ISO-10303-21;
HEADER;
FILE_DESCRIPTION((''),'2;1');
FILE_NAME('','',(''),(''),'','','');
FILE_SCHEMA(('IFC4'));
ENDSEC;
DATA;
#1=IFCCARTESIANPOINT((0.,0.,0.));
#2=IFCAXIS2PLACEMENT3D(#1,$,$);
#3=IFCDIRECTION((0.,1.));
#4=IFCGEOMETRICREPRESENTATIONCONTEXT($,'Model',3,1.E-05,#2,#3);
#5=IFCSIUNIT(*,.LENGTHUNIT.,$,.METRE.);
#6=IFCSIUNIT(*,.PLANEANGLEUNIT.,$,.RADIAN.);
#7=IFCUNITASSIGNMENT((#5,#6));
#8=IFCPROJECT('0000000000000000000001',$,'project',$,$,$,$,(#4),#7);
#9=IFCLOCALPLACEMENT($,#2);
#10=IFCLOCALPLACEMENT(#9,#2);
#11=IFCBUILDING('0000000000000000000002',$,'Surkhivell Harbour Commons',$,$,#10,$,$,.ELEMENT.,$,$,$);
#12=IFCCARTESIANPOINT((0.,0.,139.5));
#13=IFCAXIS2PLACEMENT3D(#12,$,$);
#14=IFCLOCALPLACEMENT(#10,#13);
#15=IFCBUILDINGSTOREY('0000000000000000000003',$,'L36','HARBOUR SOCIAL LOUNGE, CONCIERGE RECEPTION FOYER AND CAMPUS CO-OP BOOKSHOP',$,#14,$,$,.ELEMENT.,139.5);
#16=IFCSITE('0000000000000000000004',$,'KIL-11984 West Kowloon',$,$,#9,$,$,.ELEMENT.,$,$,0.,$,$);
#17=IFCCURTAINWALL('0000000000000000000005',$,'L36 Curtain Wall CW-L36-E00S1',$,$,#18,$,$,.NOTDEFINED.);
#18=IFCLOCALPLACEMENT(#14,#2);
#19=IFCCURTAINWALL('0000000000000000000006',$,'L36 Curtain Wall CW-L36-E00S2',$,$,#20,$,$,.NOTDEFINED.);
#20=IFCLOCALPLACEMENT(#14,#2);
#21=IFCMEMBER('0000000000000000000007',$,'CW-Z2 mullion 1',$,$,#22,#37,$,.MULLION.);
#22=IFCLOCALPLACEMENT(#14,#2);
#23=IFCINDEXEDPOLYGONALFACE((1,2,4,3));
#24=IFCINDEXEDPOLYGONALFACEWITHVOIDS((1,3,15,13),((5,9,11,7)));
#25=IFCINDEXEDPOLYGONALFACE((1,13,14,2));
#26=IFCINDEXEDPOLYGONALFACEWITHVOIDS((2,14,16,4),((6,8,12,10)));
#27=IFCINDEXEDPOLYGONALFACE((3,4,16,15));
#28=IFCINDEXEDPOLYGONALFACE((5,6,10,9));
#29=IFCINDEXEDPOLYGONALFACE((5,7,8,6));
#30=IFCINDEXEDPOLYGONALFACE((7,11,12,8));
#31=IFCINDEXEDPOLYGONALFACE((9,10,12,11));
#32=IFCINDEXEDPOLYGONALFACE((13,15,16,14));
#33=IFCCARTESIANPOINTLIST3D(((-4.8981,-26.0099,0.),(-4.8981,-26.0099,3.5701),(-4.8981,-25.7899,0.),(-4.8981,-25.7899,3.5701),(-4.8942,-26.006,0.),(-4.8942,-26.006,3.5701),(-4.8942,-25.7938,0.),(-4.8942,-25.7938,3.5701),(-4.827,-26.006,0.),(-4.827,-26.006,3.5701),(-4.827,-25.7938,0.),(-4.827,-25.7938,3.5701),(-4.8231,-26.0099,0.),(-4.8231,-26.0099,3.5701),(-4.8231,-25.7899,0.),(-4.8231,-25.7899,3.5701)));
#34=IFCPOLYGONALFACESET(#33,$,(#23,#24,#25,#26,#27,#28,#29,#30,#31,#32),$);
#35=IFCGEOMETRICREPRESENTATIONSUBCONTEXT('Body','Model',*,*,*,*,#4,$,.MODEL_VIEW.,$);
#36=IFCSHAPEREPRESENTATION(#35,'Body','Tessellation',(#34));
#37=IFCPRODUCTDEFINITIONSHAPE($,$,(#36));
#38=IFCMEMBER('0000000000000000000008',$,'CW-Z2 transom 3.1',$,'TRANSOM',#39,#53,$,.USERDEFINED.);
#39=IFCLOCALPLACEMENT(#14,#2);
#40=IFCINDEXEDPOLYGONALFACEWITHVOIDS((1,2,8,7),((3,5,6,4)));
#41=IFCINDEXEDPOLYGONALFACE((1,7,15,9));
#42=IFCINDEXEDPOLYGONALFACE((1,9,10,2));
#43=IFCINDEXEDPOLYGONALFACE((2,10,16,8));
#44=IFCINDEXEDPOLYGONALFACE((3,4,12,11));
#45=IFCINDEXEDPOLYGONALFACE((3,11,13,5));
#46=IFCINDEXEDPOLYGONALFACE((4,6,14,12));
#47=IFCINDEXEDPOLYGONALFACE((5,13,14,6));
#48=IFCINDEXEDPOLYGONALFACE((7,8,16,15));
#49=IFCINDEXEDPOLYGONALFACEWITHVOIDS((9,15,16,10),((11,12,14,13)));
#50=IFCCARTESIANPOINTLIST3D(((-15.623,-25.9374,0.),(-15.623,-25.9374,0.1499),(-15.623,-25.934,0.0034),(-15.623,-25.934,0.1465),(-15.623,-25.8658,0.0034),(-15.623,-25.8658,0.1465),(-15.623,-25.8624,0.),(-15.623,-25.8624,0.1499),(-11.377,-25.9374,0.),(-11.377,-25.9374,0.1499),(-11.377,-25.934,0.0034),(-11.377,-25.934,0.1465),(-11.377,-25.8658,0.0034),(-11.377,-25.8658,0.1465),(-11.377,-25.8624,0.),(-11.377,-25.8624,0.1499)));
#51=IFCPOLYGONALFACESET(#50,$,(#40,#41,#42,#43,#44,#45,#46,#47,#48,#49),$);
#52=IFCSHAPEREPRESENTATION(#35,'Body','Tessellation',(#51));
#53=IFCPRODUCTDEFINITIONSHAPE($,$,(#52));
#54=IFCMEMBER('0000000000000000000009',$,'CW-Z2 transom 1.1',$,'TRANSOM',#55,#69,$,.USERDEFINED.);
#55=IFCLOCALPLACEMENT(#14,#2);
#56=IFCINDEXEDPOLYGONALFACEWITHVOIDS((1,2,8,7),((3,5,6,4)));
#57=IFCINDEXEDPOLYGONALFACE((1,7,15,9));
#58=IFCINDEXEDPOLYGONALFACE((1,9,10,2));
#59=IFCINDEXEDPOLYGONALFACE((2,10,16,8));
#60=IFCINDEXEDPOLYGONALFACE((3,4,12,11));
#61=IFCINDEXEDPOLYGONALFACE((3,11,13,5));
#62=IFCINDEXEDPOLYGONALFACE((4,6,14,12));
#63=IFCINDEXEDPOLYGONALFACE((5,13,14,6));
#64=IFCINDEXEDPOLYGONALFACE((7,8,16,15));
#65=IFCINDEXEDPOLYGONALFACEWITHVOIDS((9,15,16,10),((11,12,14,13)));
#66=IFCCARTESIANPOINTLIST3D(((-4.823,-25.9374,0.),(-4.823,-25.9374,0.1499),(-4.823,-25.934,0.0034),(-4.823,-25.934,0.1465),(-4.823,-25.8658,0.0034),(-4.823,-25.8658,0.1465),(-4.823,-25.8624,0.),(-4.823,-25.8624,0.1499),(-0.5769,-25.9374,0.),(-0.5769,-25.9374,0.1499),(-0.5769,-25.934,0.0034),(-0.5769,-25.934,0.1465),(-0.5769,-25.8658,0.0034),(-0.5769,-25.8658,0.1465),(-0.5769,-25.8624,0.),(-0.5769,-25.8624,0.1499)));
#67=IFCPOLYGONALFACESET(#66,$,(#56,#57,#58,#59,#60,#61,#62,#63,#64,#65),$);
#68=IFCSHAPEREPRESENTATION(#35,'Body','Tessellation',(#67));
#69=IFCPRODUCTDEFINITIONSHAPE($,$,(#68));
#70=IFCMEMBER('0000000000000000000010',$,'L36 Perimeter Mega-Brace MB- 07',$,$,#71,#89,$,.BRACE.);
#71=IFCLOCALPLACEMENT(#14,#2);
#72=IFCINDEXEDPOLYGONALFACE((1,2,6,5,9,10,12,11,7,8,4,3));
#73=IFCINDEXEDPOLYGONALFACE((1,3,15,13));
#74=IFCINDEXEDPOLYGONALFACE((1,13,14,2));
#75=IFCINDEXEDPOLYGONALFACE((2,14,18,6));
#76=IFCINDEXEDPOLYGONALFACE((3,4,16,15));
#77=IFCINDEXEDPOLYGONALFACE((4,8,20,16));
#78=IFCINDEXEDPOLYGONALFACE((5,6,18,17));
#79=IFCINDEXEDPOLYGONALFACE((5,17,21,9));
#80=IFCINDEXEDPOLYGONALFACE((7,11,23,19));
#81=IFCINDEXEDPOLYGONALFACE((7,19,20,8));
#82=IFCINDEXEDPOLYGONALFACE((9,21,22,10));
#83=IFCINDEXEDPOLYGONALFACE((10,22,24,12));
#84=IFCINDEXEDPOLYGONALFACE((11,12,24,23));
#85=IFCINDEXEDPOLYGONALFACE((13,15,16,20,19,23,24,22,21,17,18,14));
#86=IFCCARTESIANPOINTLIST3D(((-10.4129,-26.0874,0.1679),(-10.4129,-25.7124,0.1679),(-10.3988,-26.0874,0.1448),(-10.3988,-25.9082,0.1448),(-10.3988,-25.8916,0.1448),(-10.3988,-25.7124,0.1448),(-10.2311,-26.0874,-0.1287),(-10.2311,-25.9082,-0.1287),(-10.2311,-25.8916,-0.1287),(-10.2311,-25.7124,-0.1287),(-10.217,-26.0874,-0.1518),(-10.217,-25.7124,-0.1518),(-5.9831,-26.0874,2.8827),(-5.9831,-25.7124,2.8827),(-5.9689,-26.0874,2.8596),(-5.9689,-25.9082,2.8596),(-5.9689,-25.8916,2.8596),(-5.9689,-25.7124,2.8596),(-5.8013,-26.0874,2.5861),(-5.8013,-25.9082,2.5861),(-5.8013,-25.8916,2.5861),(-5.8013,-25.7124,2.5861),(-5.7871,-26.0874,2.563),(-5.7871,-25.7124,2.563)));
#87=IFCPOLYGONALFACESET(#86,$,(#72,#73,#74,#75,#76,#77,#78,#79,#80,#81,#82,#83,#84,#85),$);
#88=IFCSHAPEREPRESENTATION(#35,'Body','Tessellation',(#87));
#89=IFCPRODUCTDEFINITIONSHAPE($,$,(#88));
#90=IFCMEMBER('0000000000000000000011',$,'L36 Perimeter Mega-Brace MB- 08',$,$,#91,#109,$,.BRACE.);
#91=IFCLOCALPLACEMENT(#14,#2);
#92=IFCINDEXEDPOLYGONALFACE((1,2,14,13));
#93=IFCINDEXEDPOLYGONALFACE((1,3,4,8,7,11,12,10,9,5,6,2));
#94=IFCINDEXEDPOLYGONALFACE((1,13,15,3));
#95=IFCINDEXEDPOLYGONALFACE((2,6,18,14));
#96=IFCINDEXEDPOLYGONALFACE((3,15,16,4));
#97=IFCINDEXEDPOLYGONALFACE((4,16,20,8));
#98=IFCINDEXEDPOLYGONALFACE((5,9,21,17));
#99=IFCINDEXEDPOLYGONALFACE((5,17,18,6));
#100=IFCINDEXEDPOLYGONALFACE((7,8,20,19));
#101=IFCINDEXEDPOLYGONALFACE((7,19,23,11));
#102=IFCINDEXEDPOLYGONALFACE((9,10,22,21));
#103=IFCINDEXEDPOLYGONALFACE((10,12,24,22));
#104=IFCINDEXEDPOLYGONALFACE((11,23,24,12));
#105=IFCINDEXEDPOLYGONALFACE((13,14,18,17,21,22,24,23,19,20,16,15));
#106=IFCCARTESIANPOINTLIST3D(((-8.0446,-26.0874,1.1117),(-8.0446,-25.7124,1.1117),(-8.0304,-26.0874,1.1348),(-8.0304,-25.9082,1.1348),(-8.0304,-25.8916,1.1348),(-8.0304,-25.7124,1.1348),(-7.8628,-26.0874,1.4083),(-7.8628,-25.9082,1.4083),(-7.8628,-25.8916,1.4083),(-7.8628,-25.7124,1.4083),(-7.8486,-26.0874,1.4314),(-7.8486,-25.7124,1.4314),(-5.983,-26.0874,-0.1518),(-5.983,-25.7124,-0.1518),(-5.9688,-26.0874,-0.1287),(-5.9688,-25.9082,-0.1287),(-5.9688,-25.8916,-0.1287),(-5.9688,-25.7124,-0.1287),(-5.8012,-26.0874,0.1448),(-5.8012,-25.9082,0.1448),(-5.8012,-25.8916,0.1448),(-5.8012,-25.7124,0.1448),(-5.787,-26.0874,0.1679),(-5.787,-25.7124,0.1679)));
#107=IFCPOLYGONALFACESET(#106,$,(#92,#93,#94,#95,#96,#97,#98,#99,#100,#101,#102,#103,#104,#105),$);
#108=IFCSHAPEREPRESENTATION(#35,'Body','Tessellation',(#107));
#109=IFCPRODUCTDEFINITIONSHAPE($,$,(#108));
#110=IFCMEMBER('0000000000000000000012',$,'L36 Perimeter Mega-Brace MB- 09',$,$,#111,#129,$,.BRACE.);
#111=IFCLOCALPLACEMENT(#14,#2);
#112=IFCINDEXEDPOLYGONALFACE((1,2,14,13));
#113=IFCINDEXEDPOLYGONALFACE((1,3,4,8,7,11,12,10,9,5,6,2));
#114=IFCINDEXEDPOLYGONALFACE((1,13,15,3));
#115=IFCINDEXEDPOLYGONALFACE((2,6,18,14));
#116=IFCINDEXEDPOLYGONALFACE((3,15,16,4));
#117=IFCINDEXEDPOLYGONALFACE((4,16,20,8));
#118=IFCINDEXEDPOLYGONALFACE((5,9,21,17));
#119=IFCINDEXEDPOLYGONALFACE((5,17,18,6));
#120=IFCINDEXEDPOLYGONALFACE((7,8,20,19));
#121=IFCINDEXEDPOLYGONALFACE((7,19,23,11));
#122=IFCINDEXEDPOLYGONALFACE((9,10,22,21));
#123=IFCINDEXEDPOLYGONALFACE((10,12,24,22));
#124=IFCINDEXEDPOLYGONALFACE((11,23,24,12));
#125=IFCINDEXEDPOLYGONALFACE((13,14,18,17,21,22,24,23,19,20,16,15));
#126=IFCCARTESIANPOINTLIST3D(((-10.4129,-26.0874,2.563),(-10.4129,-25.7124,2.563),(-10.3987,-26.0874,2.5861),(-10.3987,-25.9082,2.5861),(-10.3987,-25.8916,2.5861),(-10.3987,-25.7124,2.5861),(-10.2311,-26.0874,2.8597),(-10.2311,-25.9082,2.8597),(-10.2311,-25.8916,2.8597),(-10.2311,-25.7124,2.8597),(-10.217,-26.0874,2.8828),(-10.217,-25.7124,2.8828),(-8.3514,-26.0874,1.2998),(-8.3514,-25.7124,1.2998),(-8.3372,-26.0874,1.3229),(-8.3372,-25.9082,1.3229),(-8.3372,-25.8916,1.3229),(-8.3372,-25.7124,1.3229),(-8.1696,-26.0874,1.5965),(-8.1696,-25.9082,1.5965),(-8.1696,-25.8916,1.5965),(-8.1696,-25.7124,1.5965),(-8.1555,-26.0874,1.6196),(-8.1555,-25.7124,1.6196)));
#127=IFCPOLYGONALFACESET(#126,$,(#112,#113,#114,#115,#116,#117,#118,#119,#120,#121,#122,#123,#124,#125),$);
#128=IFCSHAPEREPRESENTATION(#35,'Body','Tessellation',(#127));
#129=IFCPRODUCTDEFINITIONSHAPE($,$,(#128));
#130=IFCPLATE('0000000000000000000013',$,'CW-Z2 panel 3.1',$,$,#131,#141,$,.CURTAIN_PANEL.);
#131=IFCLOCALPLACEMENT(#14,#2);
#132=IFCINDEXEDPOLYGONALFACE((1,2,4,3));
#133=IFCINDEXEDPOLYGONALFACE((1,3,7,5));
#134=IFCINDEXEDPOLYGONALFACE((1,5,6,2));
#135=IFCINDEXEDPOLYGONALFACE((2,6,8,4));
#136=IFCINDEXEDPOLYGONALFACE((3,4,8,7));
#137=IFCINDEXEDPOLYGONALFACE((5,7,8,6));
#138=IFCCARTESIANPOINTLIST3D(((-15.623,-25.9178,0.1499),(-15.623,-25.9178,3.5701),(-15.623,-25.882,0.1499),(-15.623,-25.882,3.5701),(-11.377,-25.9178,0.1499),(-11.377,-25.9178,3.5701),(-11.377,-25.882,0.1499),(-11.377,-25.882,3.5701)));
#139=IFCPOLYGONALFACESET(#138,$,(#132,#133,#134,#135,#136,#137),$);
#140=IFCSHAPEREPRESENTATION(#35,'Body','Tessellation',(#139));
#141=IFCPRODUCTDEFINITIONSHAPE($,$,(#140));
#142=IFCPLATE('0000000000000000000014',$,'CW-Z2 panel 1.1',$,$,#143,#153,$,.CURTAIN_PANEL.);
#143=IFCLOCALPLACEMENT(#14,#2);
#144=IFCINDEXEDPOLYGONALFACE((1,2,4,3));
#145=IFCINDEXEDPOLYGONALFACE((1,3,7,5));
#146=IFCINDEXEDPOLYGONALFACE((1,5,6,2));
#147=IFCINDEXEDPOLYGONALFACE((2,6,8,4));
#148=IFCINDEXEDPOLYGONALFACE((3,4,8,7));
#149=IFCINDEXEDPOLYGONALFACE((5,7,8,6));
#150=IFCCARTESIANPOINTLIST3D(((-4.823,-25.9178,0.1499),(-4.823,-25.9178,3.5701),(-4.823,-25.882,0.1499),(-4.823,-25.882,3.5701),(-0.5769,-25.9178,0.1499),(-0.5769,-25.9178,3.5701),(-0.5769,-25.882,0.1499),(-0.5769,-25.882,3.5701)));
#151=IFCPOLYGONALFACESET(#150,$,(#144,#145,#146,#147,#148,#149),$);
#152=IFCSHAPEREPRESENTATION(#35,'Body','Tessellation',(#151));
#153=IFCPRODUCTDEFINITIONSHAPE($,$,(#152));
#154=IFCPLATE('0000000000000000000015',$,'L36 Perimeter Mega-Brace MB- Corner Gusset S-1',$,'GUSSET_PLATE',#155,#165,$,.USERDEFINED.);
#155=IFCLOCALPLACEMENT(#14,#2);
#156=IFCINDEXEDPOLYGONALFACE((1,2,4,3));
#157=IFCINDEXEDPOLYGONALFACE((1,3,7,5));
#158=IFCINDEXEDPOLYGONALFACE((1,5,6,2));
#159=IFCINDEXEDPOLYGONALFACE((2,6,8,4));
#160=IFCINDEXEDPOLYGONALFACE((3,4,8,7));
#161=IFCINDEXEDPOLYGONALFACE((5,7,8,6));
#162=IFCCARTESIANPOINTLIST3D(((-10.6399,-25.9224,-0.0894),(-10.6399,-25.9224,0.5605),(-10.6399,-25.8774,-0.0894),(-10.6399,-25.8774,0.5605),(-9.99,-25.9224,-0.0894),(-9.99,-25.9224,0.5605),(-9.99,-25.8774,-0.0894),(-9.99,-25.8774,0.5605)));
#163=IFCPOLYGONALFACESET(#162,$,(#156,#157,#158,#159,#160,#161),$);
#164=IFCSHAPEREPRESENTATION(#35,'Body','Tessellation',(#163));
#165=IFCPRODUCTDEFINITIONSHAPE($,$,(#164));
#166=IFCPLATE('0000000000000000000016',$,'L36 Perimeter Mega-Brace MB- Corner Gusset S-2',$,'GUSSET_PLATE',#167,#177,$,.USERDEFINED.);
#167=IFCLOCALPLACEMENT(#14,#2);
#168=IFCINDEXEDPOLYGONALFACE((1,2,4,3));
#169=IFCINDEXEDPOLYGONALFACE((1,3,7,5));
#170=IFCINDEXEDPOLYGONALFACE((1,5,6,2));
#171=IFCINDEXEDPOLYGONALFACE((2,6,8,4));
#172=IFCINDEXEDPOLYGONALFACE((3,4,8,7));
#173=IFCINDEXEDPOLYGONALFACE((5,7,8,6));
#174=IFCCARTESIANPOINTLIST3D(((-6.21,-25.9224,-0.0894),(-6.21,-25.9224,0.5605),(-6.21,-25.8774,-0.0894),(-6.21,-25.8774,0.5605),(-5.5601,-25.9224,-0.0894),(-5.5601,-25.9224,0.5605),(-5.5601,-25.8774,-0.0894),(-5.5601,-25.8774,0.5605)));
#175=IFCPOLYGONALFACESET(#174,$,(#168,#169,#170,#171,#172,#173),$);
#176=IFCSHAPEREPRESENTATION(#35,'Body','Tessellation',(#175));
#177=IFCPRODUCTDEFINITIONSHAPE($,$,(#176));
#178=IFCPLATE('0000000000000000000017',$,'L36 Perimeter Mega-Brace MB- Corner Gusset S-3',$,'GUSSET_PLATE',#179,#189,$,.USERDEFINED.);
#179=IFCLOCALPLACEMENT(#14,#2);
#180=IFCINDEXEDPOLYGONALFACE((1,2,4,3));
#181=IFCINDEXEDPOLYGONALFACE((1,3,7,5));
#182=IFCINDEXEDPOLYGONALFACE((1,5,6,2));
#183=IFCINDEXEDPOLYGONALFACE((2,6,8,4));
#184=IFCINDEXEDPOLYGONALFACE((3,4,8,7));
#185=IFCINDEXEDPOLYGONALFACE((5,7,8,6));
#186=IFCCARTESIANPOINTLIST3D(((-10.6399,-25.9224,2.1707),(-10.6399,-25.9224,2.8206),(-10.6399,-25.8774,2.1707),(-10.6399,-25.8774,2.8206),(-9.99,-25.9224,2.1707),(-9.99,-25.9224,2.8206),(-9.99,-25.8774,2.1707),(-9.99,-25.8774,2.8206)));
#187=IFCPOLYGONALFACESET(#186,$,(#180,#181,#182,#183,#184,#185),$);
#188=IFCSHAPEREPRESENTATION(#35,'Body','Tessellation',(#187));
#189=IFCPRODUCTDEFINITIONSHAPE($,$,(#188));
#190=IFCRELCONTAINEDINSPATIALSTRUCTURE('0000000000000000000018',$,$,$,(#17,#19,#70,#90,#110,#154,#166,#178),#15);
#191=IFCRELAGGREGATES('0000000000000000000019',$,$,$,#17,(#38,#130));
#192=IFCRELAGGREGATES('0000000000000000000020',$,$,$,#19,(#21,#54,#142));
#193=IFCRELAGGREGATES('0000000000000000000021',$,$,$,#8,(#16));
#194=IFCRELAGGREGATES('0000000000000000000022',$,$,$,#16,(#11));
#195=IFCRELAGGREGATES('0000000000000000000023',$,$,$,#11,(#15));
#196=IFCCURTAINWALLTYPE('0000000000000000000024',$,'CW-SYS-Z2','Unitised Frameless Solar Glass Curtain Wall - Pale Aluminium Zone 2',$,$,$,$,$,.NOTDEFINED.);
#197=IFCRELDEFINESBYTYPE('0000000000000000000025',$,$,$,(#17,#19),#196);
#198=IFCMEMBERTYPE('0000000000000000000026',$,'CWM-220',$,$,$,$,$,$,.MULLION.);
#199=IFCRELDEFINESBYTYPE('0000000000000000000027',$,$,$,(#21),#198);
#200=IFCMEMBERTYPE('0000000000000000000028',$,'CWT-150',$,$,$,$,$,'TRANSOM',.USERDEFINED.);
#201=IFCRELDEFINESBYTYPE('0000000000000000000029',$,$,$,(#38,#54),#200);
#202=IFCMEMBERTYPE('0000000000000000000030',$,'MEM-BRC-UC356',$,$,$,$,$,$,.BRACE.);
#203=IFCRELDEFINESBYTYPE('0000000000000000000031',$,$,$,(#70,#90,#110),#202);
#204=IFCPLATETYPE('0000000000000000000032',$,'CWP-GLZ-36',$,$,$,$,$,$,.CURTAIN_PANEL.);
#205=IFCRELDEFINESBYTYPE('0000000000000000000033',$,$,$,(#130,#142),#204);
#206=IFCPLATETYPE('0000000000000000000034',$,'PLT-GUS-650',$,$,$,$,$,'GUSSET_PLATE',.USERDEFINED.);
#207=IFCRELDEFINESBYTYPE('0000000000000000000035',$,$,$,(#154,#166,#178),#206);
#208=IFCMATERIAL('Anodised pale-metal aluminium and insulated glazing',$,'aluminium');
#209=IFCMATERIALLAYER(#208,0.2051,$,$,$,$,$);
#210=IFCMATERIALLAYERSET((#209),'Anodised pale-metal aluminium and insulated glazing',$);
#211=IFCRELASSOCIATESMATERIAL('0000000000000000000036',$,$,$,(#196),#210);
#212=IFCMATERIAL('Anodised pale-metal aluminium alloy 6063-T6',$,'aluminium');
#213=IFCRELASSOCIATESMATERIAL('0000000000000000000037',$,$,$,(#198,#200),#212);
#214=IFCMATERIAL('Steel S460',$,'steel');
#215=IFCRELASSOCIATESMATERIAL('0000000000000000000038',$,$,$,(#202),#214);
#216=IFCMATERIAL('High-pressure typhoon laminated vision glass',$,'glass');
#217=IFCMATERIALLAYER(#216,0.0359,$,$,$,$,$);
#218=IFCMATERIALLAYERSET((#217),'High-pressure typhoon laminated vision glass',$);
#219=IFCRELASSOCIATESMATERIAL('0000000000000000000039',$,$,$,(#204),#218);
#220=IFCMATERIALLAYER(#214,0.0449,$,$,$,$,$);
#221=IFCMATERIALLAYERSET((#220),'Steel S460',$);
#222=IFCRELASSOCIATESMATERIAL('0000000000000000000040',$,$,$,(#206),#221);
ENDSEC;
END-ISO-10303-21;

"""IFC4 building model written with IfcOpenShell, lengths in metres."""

from ifc_helpers import new_model, si_unit, direction, frame, frame_2d, origin, origin_2d, place, context, subcontext, project, spatial, rectangle, hollow_rectangle, i_section, extrude, material, layer, layer_set, material_profile, profile_set, type_object, element, aggregate, save


model = new_model("IFC4")

# Units and contexts
model_context = context("Model", 3, precision=1e-05, world=origin(), true_north=direction((0.0, 1.0)))
body_context = subcontext(model_context, "Body", "Model", "MODEL_VIEW")
ifc_project = project(units=[si_unit("LENGTHUNIT", "METRE"), si_unit("PLANEANGLEUNIT", "RADIAN")], contexts=[model_context])

# Site, building, storey
site_placement = place(None, origin())
site = spatial("IfcSite", under=ifc_project, at=site_placement, Name="KIL-11984 West Kowloon", CompositionType="ELEMENT", RefElevation=0.0)
building_placement = place(site_placement, origin())
building = spatial("IfcBuilding", under=site, at=building_placement, Name="Surkhivell Harbour Commons", CompositionType="ELEMENT")
storey_placement = place(building_placement, frame((0.0, 0.0, 139.5)))
storey = spatial("IfcBuildingStorey", under=building, at=storey_placement, Name="L36", Description="HARBOUR SOCIAL LOUNGE, CONCIERGE RECEPTION FOYER AND CAMPUS CO-OP BOOKSHOP", CompositionType="ELEMENT", Elevation=139.5)

# Shared definitions
ifc_material_1 = material(Name="Steel S460", Category="steel")

# Curtain wall
ifc_material_2 = material(Name="Anodised pale-metal aluminium and insulated glazing", Category="aluminium")
ifc_layer_1 = layer(ifc_material_2, 0.2051)
ifc_layer_set_1 = layer_set([ifc_layer_1], Name="Anodised pale-metal aluminium and insulated glazing")
curtain_wall_type = type_object("IfcCurtainWallType", Name="CW-SYS-Z2", Description="Unitised Frameless Solar Glass Curtain Wall - Pale Aluminium Zone 2", PredefinedType="NOTDEFINED", material=ifc_layer_set_1)
curtain_wall_1_placement = place(storey_placement, origin())
curtain_wall_1 = element("IfcCurtainWall", 1, at=curtain_wall_1_placement, inside=storey, type_object=curtain_wall_type, Name="L36 Curtain Wall CW-L36-E00S1", PredefinedType="NOTDEFINED")
ifc_material_3 = material(Name="Anodised pale-metal aluminium alloy 6063-T6", Category="aluminium")
ifc_material_profile_1 = material_profile(ifc_material_3, hollow_rectangle(XDim=0.075, YDim=0.22, WallThickness=0.0039, at=origin_2d()), Name="ALU-MULL-75x220")
ifc_profile_set_1 = profile_set([ifc_material_profile_1], Name="Anodised pale-metal aluminium alloy 6063-T6")
member_type_1 = type_object("IfcMemberType", Name="CWM-220", PredefinedType="MULLION", material=ifc_profile_set_1)

# Curtain wall, member
curtain_wall_2_placement = place(storey_placement, origin())
curtain_wall_2 = element("IfcCurtainWall", 2, at=curtain_wall_2_placement, inside=storey, type_object=curtain_wall_type, Name="L36 Curtain Wall CW-L36-E00S2", PredefinedType="NOTDEFINED")
member_1_placement = place(storey_placement, frame((-4.8606, -25.8999, 0.0), z_axis=(0.0, 0.0, 1.0), x_axis=(1.0, 0.0, 0.0)))
member_1 = element("IfcMember", 3, at=member_1_placement, type_object=member_type_1, Name="CW-Z2 mullion 1", PredefinedType="MULLION", context=body_context, shape_type="SweptSolid", body=[
    extrude(hollow_rectangle(XDim=0.075, YDim=0.22, WallThickness=0.0039, at=origin_2d()), origin(), (0.0, 0.0, 1.0), 3.5701),
])

# Members
ifc_material_profile_2 = material_profile(ifc_material_3, hollow_rectangle(XDim=0.075, YDim=0.1499, WallThickness=0.0034, at=origin_2d()), Name="ALU-TRAN-75x150")
ifc_profile_set_2 = profile_set([ifc_material_profile_2], Name="Anodised pale-metal aluminium alloy 6063-T6")
member_type_2 = type_object("IfcMemberType", Name="CWT-150", ElementType="TRANSOM", PredefinedType="USERDEFINED", material=ifc_profile_set_2)
member_2_placement = place(storey_placement, frame((-15.623, -25.8999, 0.075), z_axis=(1.0, 0.0, 0.0), x_axis=(0.0, 1.0, 0.0)))
member_2 = element("IfcMember", 4, at=member_2_placement, type_object=member_type_2, Name="CW-Z2 transom 3.1", ObjectType="TRANSOM", PredefinedType="USERDEFINED", context=body_context, shape_type="SweptSolid", body=[
    extrude(hollow_rectangle(XDim=0.075, YDim=0.1499, WallThickness=0.0034, at=origin_2d()), origin(), (0.0, 0.0, 1.0), 4.2461),
])
member_3_placement = place(storey_placement, frame((-4.823, -25.8999, 0.075), z_axis=(1.0, 0.0, 0.0), x_axis=(0.0, 1.0, 0.0)))
member_3 = element("IfcMember", 5, at=member_3_placement, type_object=member_type_2, Name="CW-Z2 transom 1.1", ObjectType="TRANSOM", PredefinedType="USERDEFINED", context=body_context, shape_type="SweptSolid", body=[
    extrude(hollow_rectangle(XDim=0.075, YDim=0.1499, WallThickness=0.0034, at=origin_2d()), origin(), (0.0, 0.0, 1.0), 4.2461),
])

# Members
ifc_material_profile_3 = material_profile(ifc_material_1, i_section(OverallWidth=0.375, OverallDepth=0.375, WebThickness=0.0166, FlangeThickness=0.0271, at=origin_2d()), Name="UC356x368x202")
ifc_profile_set_3 = profile_set([ifc_material_profile_3], Name="Steel S460")
member_type_3 = type_object("IfcMemberType", Name="MEM-BRC-UC356", PredefinedType="BRACE", material=ifc_profile_set_3)
member_4_placement = place(storey_placement, frame((-10.3149, -25.8999, 0.0081), z_axis=(0.852625, 0.0, 0.522523), x_axis=(0.0, 1.0, 0.0)))
element("IfcMember", 6, at=member_4_placement, inside=storey, type_object=member_type_3, Name="L36 Perimeter Mega-Brace MB- 07", PredefinedType="BRACE", context=body_context, shape_type="SweptSolid", body=[
    extrude(i_section(OverallWidth=0.375, OverallDepth=0.375, WebThickness=0.0166, FlangeThickness=0.0271, at=origin_2d()), origin(), (0.0, 0.0, 1.0), 5.1956),
])
member_5_placement = place(storey_placement, frame((-5.885, -25.8999, 0.0081), z_axis=(-0.852617, 0.0, 0.522536), x_axis=(0.0, -1.0, 0.0)))
element("IfcMember", 7, at=member_5_placement, inside=storey, type_object=member_type_3, Name="L36 Perimeter Mega-Brace MB- 08", PredefinedType="BRACE", context=body_context, shape_type="SweptSolid", body=[
    extrude(i_section(OverallWidth=0.375, OverallDepth=0.375, WebThickness=0.0166, FlangeThickness=0.0271, at=origin_2d()), origin(), (0.0, 0.0, 1.0), 2.418),
])
member_6_placement = place(storey_placement, frame((-8.2534, -25.8999, 1.4597), z_axis=(-0.852662, 0.0, 0.522463), x_axis=(0.0, -1.0, 0.0)))
element("IfcMember", 8, at=member_6_placement, inside=storey, type_object=member_type_3, Name="L36 Perimeter Mega-Brace MB- 09", PredefinedType="BRACE", context=body_context, shape_type="SweptSolid", body=[
    extrude(i_section(OverallWidth=0.375, OverallDepth=0.375, WebThickness=0.0166, FlangeThickness=0.0271, at=origin_2d()), origin(), (0.0, 0.0, 1.0), 2.4177),
])

# Plates
ifc_material_4 = material(Name="High-pressure typhoon laminated vision glass", Category="glass")
ifc_layer_2 = layer(ifc_material_4, 0.0359)
ifc_layer_set_2 = layer_set([ifc_layer_2], Name="High-pressure typhoon laminated vision glass")
plate_type_1 = type_object("IfcPlateType", Name="CWP-GLZ-36", PredefinedType="CURTAIN_PANEL", material=ifc_layer_set_2)
plate_1_placement = place(storey_placement, frame((-15.623, -25.8999, 0.1499), z_axis=(0.0, 0.0, 1.0), x_axis=(1.0, 0.0, 0.0)))
plate_1 = element("IfcPlate", 9, at=plate_1_placement, type_object=plate_type_1, Name="CW-Z2 panel 3.1", PredefinedType="CURTAIN_PANEL", context=body_context, shape_type="SweptSolid", body=[
    extrude(rectangle(XDim=4.2461, YDim=0.0359, at=frame_2d((2.123, 0.0))), origin(), (0.0, 0.0, 1.0), 3.4202),
])
aggregate(curtain_wall_1, [member_2, plate_1])
plate_2_placement = place(storey_placement, frame((-4.823, -25.8999, 0.1499), z_axis=(0.0, 0.0, 1.0), x_axis=(1.0, 0.0, 0.0)))
plate_2 = element("IfcPlate", 10, at=plate_2_placement, type_object=plate_type_1, Name="CW-Z2 panel 1.1", PredefinedType="CURTAIN_PANEL", context=body_context, shape_type="SweptSolid", body=[
    extrude(rectangle(XDim=4.2461, YDim=0.0359, at=frame_2d((2.123, 0.0))), origin(), (0.0, 0.0, 1.0), 3.4202),
])
aggregate(curtain_wall_2, [member_1, member_3, plate_2])

# Plates
ifc_layer_3 = layer(ifc_material_1, 0.0449)
ifc_layer_set_3 = layer_set([ifc_layer_3], Name="Steel S460")
plate_type_2 = type_object("IfcPlateType", Name="PLT-GUS-650", ElementType="GUSSET_PLATE", PredefinedType="USERDEFINED", material=ifc_layer_set_3)
for number, where, z_axis, x_axis, name in (
    (11, (-10.3149, -25.8999, -0.0894), (0.0, 0.0, 1.0), (1.0, 0.0, 0.0), "L36 Perimeter Mega-Brace MB- Corner Gusset S-1"),
    (12, (-5.885, -25.8999, -0.0894), (0.0, 0.0, 1.0), (1.0, 0.0, 0.0), "L36 Perimeter Mega-Brace MB- Corner Gusset S-2"),
    (13, (-10.3149, -25.8999, 2.1707), (0.0, 0.0, 1.0), (1.0, 0.0, 0.0), "L36 Perimeter Mega-Brace MB- Corner Gusset S-3"),
):
    element("IfcPlate", number, at=place(storey_placement, frame(where, z_axis=z_axis, x_axis=x_axis)), inside=storey, type_object=plate_type_2, Name=name, ObjectType="GUSSET_PLATE", PredefinedType="USERDEFINED", context=body_context, shape_type="SweptSolid", body=[
        extrude(rectangle(XDim=0.6499, YDim=0.0449, at=origin_2d()), origin(), (0.0, 0.0, 1.0), 0.6499),
    ])

save(model, "model.ifc")
